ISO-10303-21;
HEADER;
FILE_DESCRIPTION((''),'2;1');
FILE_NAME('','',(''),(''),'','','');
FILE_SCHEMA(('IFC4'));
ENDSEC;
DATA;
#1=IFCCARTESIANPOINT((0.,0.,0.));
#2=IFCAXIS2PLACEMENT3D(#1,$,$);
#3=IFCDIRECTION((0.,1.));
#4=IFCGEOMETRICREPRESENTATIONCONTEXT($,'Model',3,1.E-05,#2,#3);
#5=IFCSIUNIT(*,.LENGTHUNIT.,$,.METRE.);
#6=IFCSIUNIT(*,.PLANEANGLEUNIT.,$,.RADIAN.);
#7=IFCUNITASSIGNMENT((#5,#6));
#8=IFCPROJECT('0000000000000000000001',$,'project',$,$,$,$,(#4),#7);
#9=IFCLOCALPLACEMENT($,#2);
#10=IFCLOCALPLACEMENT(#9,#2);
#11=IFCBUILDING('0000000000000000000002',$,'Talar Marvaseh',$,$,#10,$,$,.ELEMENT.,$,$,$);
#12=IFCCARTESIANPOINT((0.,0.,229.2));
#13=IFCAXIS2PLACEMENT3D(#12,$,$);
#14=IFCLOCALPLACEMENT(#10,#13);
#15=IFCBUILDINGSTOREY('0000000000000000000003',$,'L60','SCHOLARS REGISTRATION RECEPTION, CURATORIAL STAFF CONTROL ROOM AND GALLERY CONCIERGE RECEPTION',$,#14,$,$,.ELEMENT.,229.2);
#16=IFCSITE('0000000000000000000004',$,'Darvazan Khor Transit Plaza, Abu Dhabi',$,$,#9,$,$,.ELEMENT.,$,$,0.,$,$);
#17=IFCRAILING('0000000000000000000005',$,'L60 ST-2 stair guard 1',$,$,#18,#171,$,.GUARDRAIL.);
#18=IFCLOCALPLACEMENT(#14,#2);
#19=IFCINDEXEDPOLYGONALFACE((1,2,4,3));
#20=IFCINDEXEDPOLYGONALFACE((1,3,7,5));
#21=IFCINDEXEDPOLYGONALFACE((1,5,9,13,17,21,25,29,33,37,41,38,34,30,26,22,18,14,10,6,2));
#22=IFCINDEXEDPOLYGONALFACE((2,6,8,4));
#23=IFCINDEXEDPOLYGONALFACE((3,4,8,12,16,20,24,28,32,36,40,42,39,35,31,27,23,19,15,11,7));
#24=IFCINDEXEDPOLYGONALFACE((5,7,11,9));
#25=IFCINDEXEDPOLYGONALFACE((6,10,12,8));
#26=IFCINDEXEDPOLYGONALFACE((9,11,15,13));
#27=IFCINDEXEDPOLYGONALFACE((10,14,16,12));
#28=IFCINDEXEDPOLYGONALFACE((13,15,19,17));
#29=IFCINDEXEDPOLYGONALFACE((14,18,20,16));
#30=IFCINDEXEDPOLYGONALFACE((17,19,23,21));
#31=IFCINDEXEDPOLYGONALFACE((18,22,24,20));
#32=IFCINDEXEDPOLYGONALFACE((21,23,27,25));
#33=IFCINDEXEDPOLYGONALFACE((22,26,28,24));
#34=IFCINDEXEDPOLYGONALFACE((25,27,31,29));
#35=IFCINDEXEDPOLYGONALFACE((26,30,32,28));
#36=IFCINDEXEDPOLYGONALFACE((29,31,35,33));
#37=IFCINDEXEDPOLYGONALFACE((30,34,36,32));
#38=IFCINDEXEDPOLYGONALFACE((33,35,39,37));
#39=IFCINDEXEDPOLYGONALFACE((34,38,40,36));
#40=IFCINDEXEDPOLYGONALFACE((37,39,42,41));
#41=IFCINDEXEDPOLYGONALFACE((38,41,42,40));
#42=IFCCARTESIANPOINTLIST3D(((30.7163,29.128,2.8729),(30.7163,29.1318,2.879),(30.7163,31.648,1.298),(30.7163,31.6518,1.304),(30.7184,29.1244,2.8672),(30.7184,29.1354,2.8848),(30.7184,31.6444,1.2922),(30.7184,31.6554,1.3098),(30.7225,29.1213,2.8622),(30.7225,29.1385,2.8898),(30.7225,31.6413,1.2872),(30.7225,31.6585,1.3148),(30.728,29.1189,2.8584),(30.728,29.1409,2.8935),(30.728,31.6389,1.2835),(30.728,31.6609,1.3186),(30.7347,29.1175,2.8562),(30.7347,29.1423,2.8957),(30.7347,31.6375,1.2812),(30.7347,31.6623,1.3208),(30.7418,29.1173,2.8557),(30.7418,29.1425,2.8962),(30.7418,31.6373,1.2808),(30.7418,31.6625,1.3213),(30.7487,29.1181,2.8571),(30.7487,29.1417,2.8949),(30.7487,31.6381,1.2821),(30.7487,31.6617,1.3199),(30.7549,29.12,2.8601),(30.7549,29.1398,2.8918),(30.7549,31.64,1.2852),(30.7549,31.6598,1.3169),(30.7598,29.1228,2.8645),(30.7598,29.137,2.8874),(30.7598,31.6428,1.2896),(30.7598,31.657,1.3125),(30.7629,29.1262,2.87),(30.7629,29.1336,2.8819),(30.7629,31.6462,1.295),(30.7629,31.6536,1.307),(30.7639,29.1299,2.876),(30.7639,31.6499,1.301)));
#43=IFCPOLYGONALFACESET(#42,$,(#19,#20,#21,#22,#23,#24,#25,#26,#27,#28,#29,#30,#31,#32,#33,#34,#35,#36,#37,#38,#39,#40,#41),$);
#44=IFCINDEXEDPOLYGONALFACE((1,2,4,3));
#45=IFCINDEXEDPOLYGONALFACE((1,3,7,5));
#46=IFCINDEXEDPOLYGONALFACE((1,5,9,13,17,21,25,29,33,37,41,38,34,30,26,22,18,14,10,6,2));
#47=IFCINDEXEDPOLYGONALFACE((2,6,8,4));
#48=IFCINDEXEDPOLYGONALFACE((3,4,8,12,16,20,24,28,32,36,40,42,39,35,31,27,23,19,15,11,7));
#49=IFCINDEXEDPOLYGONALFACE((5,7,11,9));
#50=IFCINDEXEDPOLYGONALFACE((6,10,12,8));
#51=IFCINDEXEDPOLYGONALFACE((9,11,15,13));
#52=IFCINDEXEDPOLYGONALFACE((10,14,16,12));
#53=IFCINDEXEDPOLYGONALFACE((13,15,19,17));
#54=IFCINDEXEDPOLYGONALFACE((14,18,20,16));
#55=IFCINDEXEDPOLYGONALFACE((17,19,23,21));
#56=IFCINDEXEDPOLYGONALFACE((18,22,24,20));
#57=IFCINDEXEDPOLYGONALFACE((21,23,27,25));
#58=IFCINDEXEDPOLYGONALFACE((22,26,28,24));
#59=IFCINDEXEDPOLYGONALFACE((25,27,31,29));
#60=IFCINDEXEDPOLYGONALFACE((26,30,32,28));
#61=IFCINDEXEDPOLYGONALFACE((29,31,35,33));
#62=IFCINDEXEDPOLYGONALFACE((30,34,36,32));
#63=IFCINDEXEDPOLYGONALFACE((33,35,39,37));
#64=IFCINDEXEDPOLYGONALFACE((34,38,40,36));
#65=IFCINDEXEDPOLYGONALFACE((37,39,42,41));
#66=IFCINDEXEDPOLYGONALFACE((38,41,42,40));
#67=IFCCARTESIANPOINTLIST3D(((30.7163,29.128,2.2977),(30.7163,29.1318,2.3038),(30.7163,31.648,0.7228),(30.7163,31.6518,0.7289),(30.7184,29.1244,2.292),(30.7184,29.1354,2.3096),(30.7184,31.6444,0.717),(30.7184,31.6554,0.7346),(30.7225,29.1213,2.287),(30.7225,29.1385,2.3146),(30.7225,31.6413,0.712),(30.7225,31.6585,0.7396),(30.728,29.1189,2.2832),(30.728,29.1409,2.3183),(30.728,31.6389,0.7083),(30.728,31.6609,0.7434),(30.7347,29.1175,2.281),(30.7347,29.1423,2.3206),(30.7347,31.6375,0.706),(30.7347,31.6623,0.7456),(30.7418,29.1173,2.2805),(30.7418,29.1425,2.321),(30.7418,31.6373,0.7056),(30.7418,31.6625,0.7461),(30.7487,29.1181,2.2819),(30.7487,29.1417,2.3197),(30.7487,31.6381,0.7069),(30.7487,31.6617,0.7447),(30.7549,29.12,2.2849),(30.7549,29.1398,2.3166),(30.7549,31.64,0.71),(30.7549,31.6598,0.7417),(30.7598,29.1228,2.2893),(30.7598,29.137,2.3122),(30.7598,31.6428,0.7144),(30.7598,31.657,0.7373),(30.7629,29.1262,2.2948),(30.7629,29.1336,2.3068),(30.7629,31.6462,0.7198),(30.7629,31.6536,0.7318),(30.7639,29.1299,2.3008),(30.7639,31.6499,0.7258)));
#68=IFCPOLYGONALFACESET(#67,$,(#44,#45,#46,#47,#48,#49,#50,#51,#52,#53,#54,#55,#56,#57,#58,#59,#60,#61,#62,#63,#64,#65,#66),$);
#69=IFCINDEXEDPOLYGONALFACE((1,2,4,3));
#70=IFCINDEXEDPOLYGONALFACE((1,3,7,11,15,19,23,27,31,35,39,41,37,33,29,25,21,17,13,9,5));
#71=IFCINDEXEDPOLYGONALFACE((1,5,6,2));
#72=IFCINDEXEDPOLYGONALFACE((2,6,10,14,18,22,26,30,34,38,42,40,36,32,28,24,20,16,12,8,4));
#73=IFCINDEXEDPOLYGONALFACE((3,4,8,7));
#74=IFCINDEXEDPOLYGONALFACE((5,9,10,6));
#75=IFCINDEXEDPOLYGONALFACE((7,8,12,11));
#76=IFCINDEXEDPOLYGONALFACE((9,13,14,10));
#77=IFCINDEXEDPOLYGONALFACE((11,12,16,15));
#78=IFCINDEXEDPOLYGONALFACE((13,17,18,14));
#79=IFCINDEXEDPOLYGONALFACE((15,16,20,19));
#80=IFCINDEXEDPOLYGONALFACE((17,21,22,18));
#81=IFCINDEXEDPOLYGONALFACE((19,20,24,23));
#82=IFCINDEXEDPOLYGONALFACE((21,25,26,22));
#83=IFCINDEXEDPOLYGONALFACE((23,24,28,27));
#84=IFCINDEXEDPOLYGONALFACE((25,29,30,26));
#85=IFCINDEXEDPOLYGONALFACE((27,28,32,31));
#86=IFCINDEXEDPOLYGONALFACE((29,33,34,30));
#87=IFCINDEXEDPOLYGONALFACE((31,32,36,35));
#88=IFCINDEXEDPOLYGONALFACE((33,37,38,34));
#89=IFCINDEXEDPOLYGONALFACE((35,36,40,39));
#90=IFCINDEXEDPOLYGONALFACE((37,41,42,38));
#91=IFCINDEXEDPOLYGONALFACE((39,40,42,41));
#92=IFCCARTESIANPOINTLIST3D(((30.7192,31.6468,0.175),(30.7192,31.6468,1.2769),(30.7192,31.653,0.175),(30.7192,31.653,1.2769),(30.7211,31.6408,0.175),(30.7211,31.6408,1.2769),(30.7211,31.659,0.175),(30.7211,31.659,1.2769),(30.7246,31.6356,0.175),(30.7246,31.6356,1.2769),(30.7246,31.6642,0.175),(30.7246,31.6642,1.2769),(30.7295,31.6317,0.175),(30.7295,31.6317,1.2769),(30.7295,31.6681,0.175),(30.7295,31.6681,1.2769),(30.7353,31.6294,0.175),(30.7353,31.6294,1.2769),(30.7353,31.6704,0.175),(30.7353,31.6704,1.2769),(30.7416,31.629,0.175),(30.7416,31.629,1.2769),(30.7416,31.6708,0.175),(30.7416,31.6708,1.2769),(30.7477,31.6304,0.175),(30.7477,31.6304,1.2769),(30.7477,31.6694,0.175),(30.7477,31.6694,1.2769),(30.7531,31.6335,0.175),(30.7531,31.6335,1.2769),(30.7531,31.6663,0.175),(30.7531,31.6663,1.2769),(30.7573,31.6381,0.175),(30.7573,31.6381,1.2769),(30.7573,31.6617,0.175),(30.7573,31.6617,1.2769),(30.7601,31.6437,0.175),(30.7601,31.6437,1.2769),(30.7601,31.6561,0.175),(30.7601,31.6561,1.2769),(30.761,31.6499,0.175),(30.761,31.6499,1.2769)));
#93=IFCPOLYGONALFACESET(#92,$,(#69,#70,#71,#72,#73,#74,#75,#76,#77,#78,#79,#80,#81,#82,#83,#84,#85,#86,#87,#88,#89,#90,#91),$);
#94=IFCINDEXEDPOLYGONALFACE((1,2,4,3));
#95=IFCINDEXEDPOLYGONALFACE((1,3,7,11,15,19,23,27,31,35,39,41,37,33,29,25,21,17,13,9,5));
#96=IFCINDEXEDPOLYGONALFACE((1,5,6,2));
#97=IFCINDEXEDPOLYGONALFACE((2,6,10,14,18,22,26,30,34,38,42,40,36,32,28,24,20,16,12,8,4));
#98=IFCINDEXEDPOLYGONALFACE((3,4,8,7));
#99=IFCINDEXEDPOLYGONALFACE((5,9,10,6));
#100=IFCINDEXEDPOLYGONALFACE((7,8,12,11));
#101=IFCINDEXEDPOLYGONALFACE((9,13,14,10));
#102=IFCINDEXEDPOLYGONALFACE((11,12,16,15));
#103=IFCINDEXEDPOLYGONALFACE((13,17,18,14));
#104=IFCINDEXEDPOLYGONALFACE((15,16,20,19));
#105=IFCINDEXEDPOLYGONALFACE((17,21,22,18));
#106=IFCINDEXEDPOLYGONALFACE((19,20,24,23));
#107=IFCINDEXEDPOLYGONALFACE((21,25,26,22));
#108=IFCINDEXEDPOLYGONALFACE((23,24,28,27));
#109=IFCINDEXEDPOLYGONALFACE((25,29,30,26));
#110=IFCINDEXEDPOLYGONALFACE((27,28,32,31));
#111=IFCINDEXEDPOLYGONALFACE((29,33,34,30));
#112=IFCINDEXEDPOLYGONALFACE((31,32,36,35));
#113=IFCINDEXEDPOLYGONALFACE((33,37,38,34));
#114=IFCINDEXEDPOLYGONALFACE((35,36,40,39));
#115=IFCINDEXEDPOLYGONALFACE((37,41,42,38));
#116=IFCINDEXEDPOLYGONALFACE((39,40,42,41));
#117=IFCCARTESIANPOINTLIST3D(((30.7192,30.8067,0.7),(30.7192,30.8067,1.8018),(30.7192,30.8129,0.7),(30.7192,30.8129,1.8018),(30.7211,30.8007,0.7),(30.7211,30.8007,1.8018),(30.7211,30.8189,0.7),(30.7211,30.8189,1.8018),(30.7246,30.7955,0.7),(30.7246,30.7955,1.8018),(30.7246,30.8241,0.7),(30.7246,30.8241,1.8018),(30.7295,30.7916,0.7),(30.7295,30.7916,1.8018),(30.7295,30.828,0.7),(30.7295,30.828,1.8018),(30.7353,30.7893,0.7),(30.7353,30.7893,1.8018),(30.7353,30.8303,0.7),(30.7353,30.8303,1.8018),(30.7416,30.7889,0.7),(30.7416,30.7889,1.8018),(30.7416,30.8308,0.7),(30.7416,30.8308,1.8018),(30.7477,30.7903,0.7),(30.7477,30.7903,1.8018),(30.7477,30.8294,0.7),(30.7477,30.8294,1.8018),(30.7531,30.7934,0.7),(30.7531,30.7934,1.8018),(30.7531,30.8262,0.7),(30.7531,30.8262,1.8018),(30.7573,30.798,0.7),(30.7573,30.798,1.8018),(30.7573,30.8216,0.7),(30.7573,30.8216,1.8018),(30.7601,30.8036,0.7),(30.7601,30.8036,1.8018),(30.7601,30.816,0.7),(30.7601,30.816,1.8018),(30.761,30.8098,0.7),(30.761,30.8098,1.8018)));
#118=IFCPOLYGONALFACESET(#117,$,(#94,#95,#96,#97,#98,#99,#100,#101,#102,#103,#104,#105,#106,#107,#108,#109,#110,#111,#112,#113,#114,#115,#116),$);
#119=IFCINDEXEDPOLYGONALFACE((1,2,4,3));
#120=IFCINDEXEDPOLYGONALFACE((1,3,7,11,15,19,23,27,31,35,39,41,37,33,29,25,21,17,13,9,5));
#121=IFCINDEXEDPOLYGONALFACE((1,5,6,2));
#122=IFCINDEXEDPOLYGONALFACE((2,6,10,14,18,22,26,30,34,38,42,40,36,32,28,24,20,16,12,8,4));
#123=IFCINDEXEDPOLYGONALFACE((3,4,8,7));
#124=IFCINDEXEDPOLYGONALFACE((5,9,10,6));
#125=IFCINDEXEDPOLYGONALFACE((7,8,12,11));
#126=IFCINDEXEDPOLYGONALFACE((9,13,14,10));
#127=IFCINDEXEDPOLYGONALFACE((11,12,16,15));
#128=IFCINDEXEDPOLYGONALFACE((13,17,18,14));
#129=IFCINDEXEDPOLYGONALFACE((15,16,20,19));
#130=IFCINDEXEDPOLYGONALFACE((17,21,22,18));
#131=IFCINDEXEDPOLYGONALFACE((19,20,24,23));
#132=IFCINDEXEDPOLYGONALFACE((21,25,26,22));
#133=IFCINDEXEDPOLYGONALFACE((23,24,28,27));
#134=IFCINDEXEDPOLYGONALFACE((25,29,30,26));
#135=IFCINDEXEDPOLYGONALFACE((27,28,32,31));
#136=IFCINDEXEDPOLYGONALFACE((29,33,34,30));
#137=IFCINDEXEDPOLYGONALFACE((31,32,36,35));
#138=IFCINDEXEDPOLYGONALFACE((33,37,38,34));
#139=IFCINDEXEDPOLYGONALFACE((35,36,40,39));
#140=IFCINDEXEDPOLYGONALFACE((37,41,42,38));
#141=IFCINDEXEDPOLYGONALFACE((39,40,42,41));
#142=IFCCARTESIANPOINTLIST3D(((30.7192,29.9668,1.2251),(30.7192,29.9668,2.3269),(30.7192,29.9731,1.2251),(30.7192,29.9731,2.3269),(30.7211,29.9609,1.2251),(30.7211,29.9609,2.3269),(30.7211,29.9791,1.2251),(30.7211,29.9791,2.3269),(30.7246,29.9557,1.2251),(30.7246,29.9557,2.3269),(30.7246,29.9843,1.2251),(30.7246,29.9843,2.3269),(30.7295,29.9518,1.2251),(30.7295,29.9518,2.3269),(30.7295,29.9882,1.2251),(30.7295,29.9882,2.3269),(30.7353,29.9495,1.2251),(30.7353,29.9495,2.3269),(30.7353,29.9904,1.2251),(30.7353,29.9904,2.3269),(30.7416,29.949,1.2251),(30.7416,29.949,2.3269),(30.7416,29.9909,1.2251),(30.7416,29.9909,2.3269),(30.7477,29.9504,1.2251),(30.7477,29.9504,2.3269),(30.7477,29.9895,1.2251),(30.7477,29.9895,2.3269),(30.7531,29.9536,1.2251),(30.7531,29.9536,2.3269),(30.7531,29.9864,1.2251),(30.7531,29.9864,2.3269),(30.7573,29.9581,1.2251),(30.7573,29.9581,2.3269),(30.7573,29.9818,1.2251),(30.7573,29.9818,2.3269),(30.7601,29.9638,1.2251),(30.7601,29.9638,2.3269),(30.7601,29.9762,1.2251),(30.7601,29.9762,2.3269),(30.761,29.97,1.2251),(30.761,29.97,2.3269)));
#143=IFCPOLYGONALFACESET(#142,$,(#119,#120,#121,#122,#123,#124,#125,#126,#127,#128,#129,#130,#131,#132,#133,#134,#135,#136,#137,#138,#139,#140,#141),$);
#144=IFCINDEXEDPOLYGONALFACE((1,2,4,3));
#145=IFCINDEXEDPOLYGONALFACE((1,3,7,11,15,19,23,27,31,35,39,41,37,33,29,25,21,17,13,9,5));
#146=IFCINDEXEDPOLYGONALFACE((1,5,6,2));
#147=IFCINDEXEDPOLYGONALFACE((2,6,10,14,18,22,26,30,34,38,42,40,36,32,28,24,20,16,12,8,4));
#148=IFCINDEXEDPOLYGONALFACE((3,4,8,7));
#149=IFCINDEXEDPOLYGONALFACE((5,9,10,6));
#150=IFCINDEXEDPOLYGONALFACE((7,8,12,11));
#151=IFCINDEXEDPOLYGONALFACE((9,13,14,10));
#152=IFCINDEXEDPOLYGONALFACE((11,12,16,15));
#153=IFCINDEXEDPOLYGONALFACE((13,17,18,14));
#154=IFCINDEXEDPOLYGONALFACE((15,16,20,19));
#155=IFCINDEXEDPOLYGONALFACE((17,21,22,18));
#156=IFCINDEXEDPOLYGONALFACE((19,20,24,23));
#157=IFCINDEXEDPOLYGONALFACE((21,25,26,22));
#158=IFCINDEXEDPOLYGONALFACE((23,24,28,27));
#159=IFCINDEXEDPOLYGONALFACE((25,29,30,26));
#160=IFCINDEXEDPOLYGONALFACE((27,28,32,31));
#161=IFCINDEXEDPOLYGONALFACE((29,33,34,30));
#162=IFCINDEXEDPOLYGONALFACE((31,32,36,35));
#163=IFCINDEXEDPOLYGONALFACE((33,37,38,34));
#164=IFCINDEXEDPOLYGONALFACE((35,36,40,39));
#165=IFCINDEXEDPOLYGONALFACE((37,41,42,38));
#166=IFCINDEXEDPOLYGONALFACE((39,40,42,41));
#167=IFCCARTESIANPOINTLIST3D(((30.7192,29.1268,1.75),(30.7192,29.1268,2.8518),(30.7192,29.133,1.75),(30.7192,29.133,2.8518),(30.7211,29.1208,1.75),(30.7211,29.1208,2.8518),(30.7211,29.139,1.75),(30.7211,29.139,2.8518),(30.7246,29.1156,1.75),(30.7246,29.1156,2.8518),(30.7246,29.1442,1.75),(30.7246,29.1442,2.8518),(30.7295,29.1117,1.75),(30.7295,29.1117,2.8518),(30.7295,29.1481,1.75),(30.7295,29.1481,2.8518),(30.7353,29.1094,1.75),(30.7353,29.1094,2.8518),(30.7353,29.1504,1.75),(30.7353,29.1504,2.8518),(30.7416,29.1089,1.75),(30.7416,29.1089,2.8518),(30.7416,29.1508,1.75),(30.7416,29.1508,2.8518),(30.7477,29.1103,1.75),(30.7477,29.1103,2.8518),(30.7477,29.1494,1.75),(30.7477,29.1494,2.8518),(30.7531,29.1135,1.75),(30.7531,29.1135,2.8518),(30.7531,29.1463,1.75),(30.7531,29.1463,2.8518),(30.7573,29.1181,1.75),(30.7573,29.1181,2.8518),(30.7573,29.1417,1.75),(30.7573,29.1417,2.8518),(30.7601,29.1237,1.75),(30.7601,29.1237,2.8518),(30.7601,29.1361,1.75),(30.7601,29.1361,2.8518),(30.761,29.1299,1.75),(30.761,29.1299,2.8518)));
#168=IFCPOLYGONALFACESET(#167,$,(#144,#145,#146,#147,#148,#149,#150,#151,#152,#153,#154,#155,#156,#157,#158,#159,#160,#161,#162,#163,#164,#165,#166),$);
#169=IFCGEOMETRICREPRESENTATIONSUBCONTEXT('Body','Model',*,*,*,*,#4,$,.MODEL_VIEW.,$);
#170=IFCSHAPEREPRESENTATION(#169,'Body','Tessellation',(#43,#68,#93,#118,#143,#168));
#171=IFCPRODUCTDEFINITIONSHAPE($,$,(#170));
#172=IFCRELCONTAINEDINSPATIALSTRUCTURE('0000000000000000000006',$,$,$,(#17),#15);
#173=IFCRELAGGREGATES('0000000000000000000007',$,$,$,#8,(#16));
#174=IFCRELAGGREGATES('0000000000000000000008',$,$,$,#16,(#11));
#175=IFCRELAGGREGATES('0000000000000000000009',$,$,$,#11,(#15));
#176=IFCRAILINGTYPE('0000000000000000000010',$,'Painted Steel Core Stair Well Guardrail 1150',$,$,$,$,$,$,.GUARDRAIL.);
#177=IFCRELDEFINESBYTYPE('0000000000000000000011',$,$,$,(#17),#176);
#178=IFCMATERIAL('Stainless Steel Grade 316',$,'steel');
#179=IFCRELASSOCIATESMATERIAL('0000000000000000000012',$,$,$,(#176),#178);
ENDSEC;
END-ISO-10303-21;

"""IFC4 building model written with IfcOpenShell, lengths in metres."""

from ifc_helpers import new_model, si_unit, direction, frame, origin, origin_2d, place, context, subcontext, project, spatial, circle, extrude, material, type_object, element, save


model = new_model("IFC4")

# Units and contexts
model_context = context("Model", 3, precision=1e-05, world=origin(), true_north=direction((0.0, 1.0)))
body_context = subcontext(model_context, "Body", "Model", "MODEL_VIEW")
ifc_project = project(units=[si_unit("LENGTHUNIT", "METRE"), si_unit("PLANEANGLEUNIT", "RADIAN")], contexts=[model_context])

# Site, building, storey
site_placement = place(None, origin())
site = spatial("IfcSite", under=ifc_project, at=site_placement, Name="Darvazan Khor Transit Plaza, Abu Dhabi", CompositionType="ELEMENT", RefElevation=0.0)
building_placement = place(site_placement, origin())
building = spatial("IfcBuilding", under=site, at=building_placement, Name="Talar Marvaseh", CompositionType="ELEMENT")
storey_placement = place(building_placement, frame((0.0, 0.0, 229.2)))
storey = spatial("IfcBuildingStorey", under=building, at=storey_placement, Name="L60", Description="SCHOLARS REGISTRATION RECEPTION, CURATORIAL STAFF CONTROL ROOM AND GALLERY CONCIERGE RECEPTION", CompositionType="ELEMENT", Elevation=229.2)

# Shared definitions
ifc_material_1 = material(Name="Stainless Steel Grade 316", Category="steel")

# Railing
railing_type_1 = type_object("IfcRailingType", Name="Painted Steel Core Stair Well Guardrail 1150", PredefinedType="GUARDRAIL", material=ifc_material_1)
railing_1_placement = place(storey_placement, frame((30.74, 31.6499, 0.175)))
element("IfcRailing", 1, at=railing_1_placement, inside=storey, type_object=railing_type_1, Name="L60 ST-2 stair guard 1", PredefinedType="GUARDRAIL", context=body_context, shape_type="SweptSolid", body=[
    extrude(circle(Radius=0.0239, at=origin_2d()), frame((0.0, 0.0, 1.126), z_axis=(0.0, -0.848008, 0.529984), x_axis=(1.0, 0.0, 0.0)), (0.0, 0.0, 1.0), 2.9717),
    extrude(circle(Radius=0.0239, at=origin_2d()), frame((0.0, 0.0, 0.5508), z_axis=(0.0, -0.848008, 0.529984), x_axis=(1.0, 0.0, 0.0)), (0.0, 0.0, 1.0), 2.9717),
    extrude(circle(Radius=0.021, at=origin_2d()), origin(), (0.0, 0.0, 1.0), 1.1018),
    extrude(circle(Radius=0.021, at=origin_2d()), frame((0.0, -0.8401, 0.5249)), (0.0, 0.0, 1.0), 1.1018),
    extrude(circle(Radius=0.021, at=origin_2d()), frame((0.0, -1.6799, 1.05)), (0.0, 0.0, 1.0), 1.1018),
    extrude(circle(Radius=0.021, at=origin_2d()), frame((0.0, -2.52, 1.575)), (0.0, 0.0, 1.0), 1.1018),
])

save(model, "model.ifc")
